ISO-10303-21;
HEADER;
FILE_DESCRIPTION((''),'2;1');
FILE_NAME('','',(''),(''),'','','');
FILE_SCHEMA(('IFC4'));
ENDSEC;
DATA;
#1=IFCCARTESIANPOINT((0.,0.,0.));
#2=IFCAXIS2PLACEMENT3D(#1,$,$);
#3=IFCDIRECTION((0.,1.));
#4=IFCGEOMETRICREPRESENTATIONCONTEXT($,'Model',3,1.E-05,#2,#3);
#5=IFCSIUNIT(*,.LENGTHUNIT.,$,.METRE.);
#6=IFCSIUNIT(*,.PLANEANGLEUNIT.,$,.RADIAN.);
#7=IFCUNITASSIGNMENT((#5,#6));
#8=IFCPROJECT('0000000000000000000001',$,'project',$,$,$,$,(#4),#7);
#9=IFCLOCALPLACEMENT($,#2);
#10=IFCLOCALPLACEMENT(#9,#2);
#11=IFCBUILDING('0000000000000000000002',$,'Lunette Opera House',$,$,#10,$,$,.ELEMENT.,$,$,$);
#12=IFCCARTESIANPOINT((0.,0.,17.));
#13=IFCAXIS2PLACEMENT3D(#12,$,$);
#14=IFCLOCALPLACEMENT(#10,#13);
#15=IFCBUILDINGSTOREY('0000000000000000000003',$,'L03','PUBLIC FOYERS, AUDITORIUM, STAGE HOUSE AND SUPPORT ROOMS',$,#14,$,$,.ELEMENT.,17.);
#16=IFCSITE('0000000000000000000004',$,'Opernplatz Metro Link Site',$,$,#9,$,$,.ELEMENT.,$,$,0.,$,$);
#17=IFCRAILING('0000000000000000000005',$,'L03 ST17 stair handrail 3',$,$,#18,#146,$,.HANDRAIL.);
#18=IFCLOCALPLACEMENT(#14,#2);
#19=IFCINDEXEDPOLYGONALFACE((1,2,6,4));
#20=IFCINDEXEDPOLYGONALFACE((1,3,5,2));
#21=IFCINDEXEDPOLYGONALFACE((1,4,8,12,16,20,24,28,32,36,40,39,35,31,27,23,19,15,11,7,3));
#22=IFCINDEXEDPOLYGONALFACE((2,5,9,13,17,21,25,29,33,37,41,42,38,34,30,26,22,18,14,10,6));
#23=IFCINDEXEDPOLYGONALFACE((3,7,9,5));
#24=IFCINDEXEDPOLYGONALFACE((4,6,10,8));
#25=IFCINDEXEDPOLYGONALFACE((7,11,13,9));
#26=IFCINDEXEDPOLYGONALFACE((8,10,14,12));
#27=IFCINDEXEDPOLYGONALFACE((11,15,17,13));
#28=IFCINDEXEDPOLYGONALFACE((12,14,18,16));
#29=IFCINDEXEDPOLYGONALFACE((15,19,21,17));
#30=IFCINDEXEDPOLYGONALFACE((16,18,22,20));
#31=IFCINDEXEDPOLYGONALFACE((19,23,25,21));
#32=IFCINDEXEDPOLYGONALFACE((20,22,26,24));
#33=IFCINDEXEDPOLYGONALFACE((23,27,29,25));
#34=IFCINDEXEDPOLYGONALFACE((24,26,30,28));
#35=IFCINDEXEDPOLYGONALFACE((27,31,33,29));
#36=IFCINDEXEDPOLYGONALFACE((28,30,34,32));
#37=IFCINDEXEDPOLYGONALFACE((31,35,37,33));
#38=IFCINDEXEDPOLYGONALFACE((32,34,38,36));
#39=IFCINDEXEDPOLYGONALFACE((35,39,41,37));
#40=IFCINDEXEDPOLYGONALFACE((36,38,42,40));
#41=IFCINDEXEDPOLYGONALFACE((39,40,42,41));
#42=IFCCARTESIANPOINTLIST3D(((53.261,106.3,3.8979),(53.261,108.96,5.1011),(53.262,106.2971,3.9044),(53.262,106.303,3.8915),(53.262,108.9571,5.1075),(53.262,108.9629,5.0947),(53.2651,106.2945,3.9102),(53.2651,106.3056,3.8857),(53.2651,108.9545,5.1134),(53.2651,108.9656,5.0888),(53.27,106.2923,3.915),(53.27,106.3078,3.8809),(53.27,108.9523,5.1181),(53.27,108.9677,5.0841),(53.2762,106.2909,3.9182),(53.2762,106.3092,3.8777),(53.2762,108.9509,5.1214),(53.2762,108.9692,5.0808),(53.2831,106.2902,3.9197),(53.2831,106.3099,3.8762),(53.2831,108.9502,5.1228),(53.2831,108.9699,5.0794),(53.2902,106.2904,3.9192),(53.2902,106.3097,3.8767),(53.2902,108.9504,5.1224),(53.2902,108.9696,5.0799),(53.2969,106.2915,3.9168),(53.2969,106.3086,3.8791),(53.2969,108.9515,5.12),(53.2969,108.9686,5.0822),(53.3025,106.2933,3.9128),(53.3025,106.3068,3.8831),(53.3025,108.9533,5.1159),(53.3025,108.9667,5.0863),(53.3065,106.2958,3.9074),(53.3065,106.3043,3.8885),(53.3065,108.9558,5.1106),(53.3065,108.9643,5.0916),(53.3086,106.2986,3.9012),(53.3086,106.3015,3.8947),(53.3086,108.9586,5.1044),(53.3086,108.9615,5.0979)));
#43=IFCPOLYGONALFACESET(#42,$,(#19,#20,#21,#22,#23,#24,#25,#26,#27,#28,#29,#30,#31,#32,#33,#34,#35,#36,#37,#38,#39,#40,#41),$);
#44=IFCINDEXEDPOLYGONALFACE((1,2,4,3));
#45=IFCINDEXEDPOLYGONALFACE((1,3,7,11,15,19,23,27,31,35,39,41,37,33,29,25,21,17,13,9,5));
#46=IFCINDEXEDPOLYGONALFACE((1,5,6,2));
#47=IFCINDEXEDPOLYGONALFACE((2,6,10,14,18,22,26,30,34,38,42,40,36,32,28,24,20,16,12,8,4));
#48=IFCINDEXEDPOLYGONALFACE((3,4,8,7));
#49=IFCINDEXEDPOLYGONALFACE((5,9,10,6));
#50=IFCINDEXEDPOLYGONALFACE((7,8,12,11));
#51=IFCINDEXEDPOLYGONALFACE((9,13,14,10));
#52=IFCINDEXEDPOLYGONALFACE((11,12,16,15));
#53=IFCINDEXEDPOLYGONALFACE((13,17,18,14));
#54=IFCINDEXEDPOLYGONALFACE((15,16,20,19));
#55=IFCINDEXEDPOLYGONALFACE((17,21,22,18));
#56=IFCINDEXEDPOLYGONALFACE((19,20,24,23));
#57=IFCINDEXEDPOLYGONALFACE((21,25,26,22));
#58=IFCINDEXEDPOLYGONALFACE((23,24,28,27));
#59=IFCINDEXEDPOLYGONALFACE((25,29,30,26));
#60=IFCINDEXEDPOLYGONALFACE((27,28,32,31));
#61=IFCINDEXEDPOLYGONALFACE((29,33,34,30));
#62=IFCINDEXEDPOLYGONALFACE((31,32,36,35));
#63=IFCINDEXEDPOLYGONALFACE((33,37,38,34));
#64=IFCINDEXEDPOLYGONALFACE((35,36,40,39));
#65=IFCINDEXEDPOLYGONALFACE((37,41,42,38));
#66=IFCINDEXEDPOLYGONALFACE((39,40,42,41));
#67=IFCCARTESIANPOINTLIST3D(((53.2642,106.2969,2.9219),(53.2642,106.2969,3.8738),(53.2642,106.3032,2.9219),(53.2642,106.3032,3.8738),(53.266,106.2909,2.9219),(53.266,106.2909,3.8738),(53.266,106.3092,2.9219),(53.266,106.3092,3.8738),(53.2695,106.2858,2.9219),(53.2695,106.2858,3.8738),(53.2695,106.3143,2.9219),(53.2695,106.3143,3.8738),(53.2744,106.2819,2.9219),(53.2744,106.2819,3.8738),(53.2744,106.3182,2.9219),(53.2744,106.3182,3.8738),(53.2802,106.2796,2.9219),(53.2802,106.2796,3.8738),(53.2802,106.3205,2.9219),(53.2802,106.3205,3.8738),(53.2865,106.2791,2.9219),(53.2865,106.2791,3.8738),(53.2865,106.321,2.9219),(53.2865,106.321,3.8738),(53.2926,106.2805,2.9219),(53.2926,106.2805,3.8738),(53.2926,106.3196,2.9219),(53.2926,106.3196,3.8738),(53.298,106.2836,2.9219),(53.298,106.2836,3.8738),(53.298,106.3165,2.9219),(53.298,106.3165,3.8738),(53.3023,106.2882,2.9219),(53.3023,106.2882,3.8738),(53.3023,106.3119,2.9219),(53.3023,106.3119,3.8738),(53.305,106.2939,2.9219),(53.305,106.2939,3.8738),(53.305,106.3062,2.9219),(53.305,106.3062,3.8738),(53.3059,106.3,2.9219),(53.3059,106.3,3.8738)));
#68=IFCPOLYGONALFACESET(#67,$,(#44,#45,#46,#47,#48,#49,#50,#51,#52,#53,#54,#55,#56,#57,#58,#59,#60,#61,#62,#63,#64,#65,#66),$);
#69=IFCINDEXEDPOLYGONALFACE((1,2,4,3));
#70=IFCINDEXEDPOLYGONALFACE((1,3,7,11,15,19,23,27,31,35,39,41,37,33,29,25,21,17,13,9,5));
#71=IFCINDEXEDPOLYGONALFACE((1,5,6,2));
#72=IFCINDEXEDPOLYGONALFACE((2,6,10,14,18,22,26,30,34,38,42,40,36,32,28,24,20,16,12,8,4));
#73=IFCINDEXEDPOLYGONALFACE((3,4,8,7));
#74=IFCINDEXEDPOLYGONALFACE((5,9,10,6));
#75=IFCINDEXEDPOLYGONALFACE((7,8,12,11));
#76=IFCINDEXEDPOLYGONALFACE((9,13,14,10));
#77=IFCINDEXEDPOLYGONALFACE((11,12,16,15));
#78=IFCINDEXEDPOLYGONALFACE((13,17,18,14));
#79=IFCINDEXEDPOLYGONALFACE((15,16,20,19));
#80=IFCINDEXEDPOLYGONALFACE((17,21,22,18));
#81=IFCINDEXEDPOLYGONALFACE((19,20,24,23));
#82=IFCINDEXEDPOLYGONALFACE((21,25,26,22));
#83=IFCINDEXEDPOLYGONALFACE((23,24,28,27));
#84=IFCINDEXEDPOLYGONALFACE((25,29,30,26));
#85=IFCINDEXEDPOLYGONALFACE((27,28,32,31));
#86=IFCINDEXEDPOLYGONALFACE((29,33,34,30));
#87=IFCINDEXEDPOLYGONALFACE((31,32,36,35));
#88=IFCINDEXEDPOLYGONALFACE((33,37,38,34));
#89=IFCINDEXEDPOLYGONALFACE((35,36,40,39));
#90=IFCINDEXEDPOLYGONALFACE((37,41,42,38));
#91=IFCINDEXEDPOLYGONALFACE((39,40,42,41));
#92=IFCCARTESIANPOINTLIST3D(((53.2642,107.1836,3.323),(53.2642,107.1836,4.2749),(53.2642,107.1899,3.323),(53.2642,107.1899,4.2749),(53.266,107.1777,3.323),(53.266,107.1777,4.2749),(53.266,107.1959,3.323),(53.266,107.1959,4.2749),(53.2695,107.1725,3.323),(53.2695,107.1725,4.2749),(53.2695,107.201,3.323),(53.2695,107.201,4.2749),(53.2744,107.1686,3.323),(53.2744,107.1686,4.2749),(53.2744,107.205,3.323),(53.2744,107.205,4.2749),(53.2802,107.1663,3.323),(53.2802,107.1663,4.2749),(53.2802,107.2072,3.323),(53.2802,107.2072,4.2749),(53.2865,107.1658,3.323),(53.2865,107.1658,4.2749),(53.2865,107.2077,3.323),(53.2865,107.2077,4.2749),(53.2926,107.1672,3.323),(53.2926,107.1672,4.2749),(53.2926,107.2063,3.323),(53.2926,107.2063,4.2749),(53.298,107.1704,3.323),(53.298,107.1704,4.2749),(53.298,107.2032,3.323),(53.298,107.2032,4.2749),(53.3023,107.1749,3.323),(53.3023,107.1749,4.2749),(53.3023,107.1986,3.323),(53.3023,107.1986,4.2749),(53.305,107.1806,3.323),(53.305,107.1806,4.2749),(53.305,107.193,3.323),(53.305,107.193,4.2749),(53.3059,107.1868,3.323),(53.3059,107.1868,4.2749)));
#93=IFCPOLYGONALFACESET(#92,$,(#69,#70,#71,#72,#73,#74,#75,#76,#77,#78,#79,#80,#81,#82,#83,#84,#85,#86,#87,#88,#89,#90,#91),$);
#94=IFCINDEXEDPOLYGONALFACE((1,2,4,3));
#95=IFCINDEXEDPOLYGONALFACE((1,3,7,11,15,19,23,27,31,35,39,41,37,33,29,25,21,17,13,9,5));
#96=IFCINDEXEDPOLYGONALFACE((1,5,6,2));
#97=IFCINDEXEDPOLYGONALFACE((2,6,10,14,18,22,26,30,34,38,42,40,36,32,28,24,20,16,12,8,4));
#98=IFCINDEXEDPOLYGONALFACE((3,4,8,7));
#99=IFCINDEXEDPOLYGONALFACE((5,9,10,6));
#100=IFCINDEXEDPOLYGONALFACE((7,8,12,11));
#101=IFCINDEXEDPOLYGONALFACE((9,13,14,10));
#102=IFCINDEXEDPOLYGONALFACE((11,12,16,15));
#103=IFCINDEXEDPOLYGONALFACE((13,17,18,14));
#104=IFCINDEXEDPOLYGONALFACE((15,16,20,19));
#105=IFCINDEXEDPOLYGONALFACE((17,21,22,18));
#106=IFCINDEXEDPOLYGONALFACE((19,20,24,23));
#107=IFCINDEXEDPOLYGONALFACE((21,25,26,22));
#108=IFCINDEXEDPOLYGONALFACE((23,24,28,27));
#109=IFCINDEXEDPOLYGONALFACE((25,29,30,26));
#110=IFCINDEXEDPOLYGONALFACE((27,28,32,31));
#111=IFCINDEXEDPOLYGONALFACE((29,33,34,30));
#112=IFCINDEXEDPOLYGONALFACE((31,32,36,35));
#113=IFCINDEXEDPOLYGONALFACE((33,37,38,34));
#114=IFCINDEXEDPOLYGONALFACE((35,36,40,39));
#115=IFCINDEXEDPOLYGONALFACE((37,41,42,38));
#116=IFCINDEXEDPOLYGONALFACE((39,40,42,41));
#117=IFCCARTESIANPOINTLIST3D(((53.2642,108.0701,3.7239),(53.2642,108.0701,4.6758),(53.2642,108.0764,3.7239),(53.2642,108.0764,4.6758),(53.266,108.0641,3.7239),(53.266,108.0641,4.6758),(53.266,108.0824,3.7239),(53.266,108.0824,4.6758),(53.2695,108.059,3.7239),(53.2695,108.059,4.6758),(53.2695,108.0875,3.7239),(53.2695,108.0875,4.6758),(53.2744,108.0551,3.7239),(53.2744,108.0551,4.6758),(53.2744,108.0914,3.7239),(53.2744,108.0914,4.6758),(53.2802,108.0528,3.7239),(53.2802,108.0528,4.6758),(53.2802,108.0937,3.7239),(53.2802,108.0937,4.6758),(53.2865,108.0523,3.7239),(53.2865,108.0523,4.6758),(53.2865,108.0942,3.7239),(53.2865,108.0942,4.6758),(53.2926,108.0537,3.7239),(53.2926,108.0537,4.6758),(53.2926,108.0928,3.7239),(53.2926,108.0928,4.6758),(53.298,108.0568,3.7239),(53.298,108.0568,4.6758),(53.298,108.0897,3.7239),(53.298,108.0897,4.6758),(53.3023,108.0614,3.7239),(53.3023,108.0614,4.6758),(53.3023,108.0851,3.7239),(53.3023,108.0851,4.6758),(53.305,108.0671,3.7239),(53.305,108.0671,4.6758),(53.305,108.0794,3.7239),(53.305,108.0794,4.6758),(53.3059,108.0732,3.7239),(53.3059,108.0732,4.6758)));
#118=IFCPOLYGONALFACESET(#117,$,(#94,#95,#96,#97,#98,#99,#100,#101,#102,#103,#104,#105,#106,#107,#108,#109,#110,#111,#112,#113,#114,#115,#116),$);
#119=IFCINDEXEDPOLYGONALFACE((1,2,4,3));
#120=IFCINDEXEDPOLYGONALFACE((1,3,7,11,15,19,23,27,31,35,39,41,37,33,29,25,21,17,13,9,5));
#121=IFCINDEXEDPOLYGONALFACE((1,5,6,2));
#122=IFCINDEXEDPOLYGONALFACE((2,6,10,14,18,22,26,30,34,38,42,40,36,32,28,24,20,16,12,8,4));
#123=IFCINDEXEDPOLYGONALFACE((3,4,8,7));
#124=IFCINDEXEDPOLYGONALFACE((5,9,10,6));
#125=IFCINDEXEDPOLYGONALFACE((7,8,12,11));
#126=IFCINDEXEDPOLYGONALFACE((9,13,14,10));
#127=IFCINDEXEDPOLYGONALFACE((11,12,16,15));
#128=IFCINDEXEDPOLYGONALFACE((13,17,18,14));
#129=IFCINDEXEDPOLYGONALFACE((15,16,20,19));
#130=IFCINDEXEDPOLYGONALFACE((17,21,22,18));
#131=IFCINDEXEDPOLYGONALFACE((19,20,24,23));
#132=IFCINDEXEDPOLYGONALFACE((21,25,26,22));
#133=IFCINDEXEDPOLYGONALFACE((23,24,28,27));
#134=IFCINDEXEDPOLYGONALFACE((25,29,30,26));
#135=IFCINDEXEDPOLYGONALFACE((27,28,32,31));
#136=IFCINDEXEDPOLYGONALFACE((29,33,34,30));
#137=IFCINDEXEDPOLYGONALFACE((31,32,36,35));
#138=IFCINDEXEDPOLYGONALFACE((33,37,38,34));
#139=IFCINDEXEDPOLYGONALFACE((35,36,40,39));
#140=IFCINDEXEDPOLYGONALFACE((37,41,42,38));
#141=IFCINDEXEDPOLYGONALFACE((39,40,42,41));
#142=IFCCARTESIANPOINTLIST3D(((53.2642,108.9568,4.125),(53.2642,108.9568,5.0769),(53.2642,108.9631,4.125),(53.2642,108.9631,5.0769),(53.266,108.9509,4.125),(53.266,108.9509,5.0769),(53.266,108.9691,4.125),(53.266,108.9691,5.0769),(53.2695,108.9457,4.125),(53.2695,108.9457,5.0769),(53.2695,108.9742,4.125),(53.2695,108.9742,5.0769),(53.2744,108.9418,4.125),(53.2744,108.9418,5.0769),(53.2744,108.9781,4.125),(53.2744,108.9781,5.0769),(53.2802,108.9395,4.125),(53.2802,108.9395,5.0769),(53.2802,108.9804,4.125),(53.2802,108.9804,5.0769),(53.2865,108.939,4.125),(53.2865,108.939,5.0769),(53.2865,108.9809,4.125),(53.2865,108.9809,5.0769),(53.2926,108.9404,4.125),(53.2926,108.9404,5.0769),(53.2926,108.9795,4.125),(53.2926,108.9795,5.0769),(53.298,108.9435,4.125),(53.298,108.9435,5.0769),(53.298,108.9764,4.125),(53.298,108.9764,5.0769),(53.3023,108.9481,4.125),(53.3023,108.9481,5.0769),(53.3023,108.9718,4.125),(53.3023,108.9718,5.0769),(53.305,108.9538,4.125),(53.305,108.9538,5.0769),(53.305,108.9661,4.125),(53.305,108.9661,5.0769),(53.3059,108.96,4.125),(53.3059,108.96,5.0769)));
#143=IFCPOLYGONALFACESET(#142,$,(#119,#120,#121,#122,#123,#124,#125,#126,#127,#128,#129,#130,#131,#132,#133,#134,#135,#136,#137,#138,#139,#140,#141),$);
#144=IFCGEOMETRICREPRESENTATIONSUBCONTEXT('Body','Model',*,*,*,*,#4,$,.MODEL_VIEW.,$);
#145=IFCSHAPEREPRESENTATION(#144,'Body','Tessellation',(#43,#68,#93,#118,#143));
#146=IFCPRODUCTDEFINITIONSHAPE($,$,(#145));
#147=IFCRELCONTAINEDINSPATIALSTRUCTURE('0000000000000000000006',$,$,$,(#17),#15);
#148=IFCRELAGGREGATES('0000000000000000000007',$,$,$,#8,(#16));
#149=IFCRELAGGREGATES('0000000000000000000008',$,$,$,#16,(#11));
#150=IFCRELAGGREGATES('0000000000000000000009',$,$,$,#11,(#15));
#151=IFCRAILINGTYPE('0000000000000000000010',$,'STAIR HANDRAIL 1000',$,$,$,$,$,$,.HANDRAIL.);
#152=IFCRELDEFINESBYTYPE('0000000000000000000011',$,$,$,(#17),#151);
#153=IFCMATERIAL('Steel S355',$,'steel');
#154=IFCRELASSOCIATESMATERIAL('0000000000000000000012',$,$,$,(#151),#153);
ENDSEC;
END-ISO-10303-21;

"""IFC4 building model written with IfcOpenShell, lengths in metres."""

from ifc_helpers import new_model, si_unit, direction, frame, origin, origin_2d, place, context, subcontext, project, spatial, circle, extrude, material, type_object, element, save


model = new_model("IFC4")

# Units and contexts
model_context = context("Model", 3, precision=1e-05, world=origin(), true_north=direction((0.0, 1.0)))
body_context = subcontext(model_context, "Body", "Model", "MODEL_VIEW")
ifc_project = project(units=[si_unit("LENGTHUNIT", "METRE"), si_unit("PLANEANGLEUNIT", "RADIAN")], contexts=[model_context])

# Site, building, storey
site_placement = place(None, origin())
site = spatial("IfcSite", under=ifc_project, at=site_placement, Name="Opernplatz Metro Link Site", CompositionType="ELEMENT", RefElevation=0.0)
building_placement = place(site_placement, origin())
building = spatial("IfcBuilding", under=site, at=building_placement, Name="Lunette Opera House", CompositionType="ELEMENT")
storey_placement = place(building_placement, frame((0.0, 0.0, 17.0)))
storey = spatial("IfcBuildingStorey", under=building, at=storey_placement, Name="L03", Description="PUBLIC FOYERS, AUDITORIUM, STAGE HOUSE AND SUPPORT ROOMS", CompositionType="ELEMENT", Elevation=17.0)

# Railing
ifc_material_1 = material(Name="Steel S355", Category="steel")
railing_type_1 = type_object("IfcRailingType", Name="STAIR HANDRAIL 1000", PredefinedType="HANDRAIL", material=ifc_material_1)
railing_1_placement = place(storey_placement, frame((53.2849, 106.3, 2.9219)))
element("IfcRailing", 1, at=railing_1_placement, inside=storey, type_object=railing_type_1, Name="L03 ST17 stair handrail 3", PredefinedType="HANDRAIL", context=body_context, shape_type="SweptSolid", body=[
    extrude(circle(Radius=0.0239, at=origin_2d()), frame((0.0, 0.0, 0.9761), z_axis=(0.0, 0.91113, 0.41212), x_axis=(-1.0, 0.0, 0.0)), (0.0, 0.0, 1.0), 2.9194),
    extrude(circle(Radius=0.021, at=origin_2d()), origin(), (0.0, 0.0, 1.0), 0.9519),
    extrude(circle(Radius=0.021, at=origin_2d()), frame((0.0, 0.8867, 0.4011)), (0.0, 0.0, 1.0), 0.9519),
    extrude(circle(Radius=0.021, at=origin_2d()), frame((0.0, 1.7732, 0.802)), (0.0, 0.0, 1.0), 0.9519),
    extrude(circle(Radius=0.021, at=origin_2d()), frame((0.0, 2.6599, 1.2031)), (0.0, 0.0, 1.0), 0.9519),
])

save(model, "model.ifc")
